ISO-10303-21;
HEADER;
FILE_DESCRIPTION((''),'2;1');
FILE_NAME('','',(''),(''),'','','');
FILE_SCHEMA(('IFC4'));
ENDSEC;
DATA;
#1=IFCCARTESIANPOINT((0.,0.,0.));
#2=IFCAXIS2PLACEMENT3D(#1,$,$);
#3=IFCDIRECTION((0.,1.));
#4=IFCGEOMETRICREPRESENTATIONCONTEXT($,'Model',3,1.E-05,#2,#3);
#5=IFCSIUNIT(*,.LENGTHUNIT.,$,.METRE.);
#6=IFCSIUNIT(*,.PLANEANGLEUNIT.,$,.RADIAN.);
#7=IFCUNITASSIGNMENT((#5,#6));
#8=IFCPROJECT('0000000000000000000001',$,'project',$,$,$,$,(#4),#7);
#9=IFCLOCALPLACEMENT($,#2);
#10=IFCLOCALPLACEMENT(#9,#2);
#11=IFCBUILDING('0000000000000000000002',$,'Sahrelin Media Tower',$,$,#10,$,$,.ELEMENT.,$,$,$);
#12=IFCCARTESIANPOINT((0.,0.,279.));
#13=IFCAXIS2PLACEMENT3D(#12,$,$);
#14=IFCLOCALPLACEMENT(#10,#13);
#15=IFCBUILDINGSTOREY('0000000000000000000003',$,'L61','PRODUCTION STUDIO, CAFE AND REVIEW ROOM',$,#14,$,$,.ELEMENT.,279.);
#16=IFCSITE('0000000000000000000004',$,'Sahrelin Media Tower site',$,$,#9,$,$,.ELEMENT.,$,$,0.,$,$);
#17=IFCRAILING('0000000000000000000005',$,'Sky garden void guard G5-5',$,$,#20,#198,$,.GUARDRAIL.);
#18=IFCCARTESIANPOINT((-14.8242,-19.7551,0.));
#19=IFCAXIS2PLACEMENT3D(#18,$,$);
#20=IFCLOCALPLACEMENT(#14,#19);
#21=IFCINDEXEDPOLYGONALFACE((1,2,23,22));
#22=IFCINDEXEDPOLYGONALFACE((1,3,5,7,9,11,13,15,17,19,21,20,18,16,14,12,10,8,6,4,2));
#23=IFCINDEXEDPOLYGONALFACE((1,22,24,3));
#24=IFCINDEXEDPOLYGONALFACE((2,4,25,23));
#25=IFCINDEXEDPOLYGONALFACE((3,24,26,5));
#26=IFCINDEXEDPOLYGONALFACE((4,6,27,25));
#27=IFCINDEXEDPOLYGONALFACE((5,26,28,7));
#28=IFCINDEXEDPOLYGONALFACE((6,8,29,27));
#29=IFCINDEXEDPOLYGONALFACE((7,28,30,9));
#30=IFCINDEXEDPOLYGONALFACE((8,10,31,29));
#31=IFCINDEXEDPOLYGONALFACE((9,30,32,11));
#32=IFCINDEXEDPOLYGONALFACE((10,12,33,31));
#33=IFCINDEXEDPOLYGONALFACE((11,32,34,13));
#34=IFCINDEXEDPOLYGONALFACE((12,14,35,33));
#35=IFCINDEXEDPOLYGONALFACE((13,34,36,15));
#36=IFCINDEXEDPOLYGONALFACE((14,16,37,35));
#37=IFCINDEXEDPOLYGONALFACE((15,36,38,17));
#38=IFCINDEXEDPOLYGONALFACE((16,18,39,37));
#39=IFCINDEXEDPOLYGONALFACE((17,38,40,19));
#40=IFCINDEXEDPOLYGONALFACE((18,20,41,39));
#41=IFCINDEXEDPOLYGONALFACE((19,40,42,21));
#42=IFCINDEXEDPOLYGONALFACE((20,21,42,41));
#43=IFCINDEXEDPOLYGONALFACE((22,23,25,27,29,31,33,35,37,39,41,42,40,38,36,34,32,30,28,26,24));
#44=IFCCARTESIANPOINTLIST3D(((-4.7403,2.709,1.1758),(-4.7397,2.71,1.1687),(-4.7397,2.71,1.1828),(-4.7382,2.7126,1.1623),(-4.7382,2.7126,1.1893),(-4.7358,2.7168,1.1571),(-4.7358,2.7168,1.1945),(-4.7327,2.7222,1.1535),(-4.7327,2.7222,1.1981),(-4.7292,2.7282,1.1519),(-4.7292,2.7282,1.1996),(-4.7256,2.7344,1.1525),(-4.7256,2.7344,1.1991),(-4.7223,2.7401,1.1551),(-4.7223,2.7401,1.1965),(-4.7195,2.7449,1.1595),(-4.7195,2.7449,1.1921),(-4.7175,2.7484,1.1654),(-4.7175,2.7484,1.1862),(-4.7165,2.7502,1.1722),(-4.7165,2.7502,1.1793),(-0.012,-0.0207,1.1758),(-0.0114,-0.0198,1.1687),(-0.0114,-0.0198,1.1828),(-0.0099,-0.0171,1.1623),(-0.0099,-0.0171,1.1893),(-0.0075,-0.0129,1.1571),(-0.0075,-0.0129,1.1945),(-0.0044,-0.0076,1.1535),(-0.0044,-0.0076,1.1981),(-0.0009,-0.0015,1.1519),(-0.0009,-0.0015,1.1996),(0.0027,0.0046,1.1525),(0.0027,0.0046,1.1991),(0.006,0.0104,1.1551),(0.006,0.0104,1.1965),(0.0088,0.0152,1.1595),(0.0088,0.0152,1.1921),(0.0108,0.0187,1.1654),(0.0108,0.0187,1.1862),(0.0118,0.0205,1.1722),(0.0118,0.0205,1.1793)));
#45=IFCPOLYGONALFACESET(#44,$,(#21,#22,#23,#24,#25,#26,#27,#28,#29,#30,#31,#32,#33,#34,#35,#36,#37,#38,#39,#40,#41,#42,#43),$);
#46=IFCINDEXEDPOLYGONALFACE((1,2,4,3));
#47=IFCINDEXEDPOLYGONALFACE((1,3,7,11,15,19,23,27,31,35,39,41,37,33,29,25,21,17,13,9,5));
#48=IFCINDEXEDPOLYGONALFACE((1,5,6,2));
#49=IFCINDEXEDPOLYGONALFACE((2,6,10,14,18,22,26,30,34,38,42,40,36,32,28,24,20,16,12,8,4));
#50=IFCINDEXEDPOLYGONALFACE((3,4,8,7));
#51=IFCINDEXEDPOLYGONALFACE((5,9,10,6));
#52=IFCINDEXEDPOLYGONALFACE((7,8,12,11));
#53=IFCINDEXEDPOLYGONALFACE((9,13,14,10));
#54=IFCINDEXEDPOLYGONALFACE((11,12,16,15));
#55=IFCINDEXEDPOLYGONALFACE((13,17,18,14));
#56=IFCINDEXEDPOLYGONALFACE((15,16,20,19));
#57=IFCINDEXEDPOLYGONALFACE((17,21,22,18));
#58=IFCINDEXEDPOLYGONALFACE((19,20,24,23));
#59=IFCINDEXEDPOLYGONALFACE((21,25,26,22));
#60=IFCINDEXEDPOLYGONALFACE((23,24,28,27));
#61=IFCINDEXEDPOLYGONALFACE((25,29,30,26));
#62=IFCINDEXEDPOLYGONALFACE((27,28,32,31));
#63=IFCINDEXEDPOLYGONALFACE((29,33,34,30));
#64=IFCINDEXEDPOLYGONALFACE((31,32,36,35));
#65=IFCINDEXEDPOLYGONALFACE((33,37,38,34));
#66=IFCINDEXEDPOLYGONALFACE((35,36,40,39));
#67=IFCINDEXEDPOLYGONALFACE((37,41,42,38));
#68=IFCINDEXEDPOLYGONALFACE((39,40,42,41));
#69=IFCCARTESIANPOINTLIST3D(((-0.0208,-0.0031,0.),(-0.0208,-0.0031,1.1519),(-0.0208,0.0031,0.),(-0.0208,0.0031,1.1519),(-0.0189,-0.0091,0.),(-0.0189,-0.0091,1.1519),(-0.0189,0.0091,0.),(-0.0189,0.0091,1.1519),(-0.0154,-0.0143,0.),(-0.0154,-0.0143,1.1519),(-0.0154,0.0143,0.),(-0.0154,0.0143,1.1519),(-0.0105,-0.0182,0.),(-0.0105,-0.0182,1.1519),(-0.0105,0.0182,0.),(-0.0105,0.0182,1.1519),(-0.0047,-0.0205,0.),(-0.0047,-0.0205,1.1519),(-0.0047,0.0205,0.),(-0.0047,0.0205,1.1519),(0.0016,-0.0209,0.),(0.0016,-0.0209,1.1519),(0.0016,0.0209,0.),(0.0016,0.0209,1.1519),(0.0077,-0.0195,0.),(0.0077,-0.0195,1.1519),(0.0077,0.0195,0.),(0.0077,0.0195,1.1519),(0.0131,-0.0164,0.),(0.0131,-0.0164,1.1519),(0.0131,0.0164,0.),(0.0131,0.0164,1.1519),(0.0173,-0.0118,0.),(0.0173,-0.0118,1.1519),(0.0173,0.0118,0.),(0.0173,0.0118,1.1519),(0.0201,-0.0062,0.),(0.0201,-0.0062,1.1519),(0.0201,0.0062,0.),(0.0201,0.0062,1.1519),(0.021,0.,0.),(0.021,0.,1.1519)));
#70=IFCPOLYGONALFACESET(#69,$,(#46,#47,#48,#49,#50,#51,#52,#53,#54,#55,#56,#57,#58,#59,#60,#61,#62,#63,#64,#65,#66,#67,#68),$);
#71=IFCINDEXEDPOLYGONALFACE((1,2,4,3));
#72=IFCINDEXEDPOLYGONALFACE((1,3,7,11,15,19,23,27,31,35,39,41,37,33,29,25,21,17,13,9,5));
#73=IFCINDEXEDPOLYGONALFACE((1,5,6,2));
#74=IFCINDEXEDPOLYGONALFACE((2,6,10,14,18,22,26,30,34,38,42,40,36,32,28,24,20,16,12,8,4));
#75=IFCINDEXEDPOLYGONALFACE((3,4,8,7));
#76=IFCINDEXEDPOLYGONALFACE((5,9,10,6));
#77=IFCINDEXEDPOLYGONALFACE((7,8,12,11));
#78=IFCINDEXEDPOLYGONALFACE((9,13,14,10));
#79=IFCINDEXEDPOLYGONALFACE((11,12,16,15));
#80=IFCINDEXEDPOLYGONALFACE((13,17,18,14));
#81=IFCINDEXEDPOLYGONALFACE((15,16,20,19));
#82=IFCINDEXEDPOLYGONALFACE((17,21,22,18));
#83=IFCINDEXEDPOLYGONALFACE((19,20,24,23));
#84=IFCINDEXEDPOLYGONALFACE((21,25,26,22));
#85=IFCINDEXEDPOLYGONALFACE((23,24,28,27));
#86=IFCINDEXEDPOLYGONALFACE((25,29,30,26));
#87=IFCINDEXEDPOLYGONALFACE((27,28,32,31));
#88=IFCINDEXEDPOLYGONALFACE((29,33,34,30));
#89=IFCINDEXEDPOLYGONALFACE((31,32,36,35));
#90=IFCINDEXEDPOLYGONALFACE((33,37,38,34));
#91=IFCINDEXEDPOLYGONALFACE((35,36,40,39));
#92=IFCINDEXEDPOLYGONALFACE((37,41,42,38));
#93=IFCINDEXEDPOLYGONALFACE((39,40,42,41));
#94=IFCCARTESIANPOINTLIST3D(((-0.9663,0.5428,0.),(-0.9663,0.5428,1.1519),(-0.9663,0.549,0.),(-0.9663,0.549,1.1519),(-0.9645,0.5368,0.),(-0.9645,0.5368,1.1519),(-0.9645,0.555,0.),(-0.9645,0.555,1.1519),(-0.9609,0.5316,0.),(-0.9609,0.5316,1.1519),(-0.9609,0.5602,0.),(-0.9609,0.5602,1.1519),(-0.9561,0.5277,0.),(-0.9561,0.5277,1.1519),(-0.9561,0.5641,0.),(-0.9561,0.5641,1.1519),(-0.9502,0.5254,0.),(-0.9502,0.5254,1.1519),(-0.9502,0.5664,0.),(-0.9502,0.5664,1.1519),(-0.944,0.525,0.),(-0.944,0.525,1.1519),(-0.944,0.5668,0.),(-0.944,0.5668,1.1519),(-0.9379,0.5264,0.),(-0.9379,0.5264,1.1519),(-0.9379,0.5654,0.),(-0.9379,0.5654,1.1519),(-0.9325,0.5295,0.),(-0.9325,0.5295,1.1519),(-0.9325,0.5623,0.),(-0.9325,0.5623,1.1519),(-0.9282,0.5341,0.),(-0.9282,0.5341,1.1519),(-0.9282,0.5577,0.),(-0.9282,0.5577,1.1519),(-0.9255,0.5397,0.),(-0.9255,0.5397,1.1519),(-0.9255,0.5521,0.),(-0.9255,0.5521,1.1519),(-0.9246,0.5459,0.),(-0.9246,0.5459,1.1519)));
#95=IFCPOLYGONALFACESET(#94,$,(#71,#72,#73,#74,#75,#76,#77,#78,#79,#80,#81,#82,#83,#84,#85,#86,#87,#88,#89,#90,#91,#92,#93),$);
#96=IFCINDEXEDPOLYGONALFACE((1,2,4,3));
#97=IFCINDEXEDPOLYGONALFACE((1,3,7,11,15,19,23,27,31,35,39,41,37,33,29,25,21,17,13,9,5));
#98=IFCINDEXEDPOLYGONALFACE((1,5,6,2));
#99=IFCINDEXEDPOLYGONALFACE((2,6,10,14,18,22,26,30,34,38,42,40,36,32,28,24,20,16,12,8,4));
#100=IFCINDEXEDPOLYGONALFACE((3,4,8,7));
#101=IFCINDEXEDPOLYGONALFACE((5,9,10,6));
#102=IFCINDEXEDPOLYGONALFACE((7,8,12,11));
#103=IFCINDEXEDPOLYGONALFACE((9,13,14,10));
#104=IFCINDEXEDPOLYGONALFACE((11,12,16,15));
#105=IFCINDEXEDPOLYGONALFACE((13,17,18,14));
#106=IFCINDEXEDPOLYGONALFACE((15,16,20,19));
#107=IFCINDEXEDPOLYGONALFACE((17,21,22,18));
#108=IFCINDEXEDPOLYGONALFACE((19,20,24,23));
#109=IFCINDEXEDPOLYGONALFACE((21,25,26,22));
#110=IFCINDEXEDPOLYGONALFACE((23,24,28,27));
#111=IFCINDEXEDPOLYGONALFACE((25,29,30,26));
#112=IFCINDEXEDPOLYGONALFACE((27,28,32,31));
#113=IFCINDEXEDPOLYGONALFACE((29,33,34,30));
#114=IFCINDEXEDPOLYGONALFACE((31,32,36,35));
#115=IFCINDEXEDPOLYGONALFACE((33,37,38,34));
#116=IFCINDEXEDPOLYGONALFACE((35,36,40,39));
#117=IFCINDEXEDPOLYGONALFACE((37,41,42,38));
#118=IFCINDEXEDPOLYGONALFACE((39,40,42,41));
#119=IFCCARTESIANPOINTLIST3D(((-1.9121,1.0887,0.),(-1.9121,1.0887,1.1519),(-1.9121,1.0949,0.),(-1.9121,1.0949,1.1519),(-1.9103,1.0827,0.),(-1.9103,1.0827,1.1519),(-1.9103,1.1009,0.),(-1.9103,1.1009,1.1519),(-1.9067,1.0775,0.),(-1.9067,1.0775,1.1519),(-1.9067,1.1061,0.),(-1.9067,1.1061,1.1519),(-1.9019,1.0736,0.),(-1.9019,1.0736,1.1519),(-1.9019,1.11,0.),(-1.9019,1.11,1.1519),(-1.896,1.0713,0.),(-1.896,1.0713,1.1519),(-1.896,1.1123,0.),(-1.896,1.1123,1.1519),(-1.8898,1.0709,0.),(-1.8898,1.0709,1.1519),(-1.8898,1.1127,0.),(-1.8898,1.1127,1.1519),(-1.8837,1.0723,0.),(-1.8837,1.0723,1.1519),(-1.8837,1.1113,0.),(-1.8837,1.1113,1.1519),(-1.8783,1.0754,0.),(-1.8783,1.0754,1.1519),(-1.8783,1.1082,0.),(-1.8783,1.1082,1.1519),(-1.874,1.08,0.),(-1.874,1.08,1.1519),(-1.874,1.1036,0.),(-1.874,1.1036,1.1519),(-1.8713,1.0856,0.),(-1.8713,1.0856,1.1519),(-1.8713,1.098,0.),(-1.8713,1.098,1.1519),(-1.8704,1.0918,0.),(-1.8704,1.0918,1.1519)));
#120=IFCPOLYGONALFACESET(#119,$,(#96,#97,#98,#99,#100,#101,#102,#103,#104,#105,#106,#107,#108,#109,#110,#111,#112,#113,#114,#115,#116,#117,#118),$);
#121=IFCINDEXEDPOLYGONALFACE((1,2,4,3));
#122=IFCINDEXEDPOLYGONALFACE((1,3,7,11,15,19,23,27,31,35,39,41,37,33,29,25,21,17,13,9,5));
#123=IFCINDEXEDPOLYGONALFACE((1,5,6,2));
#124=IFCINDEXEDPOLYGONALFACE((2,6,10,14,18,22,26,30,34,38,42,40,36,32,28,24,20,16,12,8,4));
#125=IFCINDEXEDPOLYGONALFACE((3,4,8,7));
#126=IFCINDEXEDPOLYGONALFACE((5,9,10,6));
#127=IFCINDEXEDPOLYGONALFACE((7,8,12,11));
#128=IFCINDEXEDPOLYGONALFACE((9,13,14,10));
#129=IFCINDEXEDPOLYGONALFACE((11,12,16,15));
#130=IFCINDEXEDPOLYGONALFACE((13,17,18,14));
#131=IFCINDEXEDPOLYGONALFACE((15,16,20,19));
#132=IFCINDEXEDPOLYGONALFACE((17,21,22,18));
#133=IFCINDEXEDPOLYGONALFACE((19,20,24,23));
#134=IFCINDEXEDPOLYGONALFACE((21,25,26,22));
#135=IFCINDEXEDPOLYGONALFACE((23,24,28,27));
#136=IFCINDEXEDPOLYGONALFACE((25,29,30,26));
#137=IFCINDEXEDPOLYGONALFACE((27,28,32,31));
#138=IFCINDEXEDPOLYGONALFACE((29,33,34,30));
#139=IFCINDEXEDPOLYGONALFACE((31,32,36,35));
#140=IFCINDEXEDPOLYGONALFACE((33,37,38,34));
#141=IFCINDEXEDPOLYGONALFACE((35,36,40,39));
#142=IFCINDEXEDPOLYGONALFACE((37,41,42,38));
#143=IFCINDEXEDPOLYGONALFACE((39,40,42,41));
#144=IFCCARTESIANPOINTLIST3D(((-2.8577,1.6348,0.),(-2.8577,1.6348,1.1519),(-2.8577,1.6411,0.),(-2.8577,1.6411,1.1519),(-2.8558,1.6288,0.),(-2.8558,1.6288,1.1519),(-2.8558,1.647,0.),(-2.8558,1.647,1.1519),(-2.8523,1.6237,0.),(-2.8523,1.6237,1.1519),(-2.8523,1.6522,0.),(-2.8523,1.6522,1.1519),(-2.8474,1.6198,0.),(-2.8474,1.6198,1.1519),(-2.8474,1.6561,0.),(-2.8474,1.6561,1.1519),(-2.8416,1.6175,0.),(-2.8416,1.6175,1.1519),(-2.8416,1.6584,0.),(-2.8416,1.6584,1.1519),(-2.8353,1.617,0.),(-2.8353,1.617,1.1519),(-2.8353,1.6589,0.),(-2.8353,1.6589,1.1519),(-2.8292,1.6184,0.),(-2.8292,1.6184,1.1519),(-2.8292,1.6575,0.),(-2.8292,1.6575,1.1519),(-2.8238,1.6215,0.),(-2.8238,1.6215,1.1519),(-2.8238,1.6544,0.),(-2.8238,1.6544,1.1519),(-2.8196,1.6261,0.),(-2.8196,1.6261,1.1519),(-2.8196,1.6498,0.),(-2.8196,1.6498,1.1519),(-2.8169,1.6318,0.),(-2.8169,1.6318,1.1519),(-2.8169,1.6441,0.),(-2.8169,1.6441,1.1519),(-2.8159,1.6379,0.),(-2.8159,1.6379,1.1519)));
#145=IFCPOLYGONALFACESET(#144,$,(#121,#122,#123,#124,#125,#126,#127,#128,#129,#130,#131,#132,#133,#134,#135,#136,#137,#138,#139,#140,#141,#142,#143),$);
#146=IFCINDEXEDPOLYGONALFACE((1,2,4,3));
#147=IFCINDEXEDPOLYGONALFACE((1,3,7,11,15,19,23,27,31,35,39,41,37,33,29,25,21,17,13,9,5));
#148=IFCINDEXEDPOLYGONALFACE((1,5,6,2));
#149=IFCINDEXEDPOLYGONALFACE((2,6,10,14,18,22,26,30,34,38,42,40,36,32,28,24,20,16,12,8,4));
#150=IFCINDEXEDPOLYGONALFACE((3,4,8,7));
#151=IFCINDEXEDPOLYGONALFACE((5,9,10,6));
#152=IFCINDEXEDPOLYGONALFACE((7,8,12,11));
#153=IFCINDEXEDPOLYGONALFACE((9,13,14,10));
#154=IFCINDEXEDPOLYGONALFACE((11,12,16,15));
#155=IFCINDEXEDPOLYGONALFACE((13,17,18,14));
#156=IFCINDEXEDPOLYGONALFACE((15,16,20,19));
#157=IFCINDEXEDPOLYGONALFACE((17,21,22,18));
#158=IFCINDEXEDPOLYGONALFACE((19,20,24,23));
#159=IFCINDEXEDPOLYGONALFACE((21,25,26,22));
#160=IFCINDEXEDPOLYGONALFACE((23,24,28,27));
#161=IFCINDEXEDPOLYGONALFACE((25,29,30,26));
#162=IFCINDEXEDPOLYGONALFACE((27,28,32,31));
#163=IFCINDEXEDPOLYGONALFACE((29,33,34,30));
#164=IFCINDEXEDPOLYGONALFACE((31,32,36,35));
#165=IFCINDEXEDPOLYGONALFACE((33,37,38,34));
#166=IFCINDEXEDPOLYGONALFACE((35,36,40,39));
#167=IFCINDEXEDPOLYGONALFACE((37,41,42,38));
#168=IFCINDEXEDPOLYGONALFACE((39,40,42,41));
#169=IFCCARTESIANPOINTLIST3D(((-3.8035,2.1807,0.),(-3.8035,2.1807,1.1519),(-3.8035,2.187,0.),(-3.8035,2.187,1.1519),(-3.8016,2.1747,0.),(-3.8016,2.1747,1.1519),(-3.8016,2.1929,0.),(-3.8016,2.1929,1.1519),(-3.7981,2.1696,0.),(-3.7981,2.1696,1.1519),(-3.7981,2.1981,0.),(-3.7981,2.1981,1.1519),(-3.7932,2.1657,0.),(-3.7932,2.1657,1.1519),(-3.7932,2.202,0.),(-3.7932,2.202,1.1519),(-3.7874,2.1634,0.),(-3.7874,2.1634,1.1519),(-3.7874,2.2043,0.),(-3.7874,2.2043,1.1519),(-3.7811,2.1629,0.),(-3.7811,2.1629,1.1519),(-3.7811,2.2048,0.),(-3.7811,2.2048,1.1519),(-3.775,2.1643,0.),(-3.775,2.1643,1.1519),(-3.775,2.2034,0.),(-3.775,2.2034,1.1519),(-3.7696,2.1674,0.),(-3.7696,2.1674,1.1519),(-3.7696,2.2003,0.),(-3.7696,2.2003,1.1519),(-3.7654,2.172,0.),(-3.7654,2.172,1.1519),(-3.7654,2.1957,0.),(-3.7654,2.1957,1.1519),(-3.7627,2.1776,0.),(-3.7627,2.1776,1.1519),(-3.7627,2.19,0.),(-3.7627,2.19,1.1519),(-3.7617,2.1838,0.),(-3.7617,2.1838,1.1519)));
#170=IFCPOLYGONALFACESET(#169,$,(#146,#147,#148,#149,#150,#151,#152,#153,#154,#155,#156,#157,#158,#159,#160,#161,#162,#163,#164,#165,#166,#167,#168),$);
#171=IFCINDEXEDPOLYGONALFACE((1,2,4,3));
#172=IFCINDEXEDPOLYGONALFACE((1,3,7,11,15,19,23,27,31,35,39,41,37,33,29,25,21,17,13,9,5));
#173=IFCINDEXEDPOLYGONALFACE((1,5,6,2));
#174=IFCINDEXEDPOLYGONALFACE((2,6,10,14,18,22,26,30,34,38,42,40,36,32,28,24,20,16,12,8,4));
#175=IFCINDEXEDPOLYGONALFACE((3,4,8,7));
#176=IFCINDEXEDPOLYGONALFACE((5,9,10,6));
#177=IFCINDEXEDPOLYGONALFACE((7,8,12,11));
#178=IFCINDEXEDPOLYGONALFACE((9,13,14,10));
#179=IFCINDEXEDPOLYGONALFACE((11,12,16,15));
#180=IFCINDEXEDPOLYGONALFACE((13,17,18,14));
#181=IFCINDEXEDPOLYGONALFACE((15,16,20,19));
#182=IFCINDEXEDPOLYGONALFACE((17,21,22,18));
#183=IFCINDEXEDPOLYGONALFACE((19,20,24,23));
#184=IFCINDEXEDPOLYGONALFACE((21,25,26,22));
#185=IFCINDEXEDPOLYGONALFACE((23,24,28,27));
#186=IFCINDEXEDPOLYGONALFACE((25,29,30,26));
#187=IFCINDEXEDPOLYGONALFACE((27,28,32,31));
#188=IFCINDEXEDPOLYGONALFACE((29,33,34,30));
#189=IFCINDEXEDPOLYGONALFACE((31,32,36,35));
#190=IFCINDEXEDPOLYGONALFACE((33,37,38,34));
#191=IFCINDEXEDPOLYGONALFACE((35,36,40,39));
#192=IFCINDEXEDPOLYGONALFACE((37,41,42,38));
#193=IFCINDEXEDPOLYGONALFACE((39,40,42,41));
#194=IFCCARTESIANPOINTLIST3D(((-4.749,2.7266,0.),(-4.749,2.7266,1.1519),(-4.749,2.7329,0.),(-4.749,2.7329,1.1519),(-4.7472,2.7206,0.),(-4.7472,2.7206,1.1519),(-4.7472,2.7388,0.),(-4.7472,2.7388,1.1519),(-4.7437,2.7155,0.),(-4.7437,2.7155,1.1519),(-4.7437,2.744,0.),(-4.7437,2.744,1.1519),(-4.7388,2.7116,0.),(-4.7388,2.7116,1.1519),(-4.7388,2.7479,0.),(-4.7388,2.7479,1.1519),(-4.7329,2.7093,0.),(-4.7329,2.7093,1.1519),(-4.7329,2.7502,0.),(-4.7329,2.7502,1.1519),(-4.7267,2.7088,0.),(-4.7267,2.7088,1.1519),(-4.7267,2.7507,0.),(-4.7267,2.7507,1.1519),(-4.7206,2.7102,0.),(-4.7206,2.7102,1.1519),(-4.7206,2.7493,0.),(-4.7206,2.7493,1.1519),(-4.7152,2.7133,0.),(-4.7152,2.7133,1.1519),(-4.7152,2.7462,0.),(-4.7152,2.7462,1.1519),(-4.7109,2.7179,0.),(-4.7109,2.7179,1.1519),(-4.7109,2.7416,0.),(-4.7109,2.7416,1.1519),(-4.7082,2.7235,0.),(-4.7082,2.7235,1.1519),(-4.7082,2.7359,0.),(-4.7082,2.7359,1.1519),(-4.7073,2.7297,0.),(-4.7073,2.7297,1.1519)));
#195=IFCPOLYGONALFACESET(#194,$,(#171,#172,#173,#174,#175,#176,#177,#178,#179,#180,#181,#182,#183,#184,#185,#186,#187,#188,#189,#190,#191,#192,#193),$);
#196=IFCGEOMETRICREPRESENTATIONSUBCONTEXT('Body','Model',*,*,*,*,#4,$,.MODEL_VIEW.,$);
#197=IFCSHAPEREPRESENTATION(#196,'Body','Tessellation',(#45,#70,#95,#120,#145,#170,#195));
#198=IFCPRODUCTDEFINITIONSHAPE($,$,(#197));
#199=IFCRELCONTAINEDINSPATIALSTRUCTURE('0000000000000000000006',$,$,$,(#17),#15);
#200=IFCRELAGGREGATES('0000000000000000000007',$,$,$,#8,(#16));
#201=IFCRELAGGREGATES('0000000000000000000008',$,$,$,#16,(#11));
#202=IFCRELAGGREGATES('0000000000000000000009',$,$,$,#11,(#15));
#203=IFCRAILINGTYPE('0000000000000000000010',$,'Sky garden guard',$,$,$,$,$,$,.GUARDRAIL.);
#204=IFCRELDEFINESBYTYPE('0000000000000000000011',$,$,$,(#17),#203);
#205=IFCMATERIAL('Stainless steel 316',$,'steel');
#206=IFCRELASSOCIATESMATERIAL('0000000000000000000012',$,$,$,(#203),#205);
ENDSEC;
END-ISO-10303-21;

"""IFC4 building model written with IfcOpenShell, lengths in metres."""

from ifc_helpers import new_model, si_unit, direction, frame, origin, origin_2d, place, context, subcontext, project, spatial, circle, extrude, material, type_object, element, save


model = new_model("IFC4")

# Units and contexts
model_context = context("Model", 3, precision=1e-05, world=origin(), true_north=direction((0.0, 1.0)))
body_context = subcontext(model_context, "Body", "Model", "MODEL_VIEW")
ifc_project = project(units=[si_unit("LENGTHUNIT", "METRE"), si_unit("PLANEANGLEUNIT", "RADIAN")], contexts=[model_context])

# Site, building, storey
site_placement = place(None, origin())
site = spatial("IfcSite", under=ifc_project, at=site_placement, Name="Sahrelin Media Tower site", CompositionType="ELEMENT", RefElevation=0.0)
building_placement = place(site_placement, origin())
building = spatial("IfcBuilding", under=site, at=building_placement, Name="Sahrelin Media Tower", CompositionType="ELEMENT")
storey_placement = place(building_placement, frame((0.0, 0.0, 279.0)))
storey = spatial("IfcBuildingStorey", under=building, at=storey_placement, Name="L61", Description="PRODUCTION STUDIO, CAFE AND REVIEW ROOM", CompositionType="ELEMENT", Elevation=279.0)

# Railing
ifc_material_1 = material(Name="Stainless steel 316", Category="steel")
railing_type = type_object("IfcRailingType", Name="Sky garden guard", PredefinedType="GUARDRAIL", material=ifc_material_1)
railing_1_placement = place(storey_placement, frame((-14.8242, -19.7551, 0.0)))
element("IfcRailing", 1, at=railing_1_placement, inside=storey, type_object=railing_type, Name="Sky garden void guard G5-5", PredefinedType="GUARDRAIL", context=body_context, shape_type="SweptSolid", body=[
    extrude(circle(Radius=0.0239, at=origin_2d()), frame((0.0, 0.0, 1.1758), z_axis=(-0.866036, 0.499982, 0.0), x_axis=(-0.499982, -0.866036, 0.0)), (0.0, 0.0, 1.0), 5.4597),
    extrude(circle(Radius=0.021, at=origin_2d()), origin(), (0.0, 0.0, 1.0), 1.1519),
    extrude(circle(Radius=0.021, at=origin_2d()), frame((-0.9456, 0.5459, 0.0)), (0.0, 0.0, 1.0), 1.1519),
    extrude(circle(Radius=0.021, at=origin_2d()), frame((-1.8914, 1.0918, 0.0)), (0.0, 0.0, 1.0), 1.1519),
    extrude(circle(Radius=0.021, at=origin_2d()), frame((-2.8369, 1.6379, 0.0)), (0.0, 0.0, 1.0), 1.1519),
    extrude(circle(Radius=0.021, at=origin_2d()), frame((-3.7827, 2.1838, 0.0)), (0.0, 0.0, 1.0), 1.1519),
    extrude(circle(Radius=0.021, at=origin_2d()), frame((-4.7283, 2.7297, 0.0)), (0.0, 0.0, 1.0), 1.1519),
])

save(model, "model.ifc")
